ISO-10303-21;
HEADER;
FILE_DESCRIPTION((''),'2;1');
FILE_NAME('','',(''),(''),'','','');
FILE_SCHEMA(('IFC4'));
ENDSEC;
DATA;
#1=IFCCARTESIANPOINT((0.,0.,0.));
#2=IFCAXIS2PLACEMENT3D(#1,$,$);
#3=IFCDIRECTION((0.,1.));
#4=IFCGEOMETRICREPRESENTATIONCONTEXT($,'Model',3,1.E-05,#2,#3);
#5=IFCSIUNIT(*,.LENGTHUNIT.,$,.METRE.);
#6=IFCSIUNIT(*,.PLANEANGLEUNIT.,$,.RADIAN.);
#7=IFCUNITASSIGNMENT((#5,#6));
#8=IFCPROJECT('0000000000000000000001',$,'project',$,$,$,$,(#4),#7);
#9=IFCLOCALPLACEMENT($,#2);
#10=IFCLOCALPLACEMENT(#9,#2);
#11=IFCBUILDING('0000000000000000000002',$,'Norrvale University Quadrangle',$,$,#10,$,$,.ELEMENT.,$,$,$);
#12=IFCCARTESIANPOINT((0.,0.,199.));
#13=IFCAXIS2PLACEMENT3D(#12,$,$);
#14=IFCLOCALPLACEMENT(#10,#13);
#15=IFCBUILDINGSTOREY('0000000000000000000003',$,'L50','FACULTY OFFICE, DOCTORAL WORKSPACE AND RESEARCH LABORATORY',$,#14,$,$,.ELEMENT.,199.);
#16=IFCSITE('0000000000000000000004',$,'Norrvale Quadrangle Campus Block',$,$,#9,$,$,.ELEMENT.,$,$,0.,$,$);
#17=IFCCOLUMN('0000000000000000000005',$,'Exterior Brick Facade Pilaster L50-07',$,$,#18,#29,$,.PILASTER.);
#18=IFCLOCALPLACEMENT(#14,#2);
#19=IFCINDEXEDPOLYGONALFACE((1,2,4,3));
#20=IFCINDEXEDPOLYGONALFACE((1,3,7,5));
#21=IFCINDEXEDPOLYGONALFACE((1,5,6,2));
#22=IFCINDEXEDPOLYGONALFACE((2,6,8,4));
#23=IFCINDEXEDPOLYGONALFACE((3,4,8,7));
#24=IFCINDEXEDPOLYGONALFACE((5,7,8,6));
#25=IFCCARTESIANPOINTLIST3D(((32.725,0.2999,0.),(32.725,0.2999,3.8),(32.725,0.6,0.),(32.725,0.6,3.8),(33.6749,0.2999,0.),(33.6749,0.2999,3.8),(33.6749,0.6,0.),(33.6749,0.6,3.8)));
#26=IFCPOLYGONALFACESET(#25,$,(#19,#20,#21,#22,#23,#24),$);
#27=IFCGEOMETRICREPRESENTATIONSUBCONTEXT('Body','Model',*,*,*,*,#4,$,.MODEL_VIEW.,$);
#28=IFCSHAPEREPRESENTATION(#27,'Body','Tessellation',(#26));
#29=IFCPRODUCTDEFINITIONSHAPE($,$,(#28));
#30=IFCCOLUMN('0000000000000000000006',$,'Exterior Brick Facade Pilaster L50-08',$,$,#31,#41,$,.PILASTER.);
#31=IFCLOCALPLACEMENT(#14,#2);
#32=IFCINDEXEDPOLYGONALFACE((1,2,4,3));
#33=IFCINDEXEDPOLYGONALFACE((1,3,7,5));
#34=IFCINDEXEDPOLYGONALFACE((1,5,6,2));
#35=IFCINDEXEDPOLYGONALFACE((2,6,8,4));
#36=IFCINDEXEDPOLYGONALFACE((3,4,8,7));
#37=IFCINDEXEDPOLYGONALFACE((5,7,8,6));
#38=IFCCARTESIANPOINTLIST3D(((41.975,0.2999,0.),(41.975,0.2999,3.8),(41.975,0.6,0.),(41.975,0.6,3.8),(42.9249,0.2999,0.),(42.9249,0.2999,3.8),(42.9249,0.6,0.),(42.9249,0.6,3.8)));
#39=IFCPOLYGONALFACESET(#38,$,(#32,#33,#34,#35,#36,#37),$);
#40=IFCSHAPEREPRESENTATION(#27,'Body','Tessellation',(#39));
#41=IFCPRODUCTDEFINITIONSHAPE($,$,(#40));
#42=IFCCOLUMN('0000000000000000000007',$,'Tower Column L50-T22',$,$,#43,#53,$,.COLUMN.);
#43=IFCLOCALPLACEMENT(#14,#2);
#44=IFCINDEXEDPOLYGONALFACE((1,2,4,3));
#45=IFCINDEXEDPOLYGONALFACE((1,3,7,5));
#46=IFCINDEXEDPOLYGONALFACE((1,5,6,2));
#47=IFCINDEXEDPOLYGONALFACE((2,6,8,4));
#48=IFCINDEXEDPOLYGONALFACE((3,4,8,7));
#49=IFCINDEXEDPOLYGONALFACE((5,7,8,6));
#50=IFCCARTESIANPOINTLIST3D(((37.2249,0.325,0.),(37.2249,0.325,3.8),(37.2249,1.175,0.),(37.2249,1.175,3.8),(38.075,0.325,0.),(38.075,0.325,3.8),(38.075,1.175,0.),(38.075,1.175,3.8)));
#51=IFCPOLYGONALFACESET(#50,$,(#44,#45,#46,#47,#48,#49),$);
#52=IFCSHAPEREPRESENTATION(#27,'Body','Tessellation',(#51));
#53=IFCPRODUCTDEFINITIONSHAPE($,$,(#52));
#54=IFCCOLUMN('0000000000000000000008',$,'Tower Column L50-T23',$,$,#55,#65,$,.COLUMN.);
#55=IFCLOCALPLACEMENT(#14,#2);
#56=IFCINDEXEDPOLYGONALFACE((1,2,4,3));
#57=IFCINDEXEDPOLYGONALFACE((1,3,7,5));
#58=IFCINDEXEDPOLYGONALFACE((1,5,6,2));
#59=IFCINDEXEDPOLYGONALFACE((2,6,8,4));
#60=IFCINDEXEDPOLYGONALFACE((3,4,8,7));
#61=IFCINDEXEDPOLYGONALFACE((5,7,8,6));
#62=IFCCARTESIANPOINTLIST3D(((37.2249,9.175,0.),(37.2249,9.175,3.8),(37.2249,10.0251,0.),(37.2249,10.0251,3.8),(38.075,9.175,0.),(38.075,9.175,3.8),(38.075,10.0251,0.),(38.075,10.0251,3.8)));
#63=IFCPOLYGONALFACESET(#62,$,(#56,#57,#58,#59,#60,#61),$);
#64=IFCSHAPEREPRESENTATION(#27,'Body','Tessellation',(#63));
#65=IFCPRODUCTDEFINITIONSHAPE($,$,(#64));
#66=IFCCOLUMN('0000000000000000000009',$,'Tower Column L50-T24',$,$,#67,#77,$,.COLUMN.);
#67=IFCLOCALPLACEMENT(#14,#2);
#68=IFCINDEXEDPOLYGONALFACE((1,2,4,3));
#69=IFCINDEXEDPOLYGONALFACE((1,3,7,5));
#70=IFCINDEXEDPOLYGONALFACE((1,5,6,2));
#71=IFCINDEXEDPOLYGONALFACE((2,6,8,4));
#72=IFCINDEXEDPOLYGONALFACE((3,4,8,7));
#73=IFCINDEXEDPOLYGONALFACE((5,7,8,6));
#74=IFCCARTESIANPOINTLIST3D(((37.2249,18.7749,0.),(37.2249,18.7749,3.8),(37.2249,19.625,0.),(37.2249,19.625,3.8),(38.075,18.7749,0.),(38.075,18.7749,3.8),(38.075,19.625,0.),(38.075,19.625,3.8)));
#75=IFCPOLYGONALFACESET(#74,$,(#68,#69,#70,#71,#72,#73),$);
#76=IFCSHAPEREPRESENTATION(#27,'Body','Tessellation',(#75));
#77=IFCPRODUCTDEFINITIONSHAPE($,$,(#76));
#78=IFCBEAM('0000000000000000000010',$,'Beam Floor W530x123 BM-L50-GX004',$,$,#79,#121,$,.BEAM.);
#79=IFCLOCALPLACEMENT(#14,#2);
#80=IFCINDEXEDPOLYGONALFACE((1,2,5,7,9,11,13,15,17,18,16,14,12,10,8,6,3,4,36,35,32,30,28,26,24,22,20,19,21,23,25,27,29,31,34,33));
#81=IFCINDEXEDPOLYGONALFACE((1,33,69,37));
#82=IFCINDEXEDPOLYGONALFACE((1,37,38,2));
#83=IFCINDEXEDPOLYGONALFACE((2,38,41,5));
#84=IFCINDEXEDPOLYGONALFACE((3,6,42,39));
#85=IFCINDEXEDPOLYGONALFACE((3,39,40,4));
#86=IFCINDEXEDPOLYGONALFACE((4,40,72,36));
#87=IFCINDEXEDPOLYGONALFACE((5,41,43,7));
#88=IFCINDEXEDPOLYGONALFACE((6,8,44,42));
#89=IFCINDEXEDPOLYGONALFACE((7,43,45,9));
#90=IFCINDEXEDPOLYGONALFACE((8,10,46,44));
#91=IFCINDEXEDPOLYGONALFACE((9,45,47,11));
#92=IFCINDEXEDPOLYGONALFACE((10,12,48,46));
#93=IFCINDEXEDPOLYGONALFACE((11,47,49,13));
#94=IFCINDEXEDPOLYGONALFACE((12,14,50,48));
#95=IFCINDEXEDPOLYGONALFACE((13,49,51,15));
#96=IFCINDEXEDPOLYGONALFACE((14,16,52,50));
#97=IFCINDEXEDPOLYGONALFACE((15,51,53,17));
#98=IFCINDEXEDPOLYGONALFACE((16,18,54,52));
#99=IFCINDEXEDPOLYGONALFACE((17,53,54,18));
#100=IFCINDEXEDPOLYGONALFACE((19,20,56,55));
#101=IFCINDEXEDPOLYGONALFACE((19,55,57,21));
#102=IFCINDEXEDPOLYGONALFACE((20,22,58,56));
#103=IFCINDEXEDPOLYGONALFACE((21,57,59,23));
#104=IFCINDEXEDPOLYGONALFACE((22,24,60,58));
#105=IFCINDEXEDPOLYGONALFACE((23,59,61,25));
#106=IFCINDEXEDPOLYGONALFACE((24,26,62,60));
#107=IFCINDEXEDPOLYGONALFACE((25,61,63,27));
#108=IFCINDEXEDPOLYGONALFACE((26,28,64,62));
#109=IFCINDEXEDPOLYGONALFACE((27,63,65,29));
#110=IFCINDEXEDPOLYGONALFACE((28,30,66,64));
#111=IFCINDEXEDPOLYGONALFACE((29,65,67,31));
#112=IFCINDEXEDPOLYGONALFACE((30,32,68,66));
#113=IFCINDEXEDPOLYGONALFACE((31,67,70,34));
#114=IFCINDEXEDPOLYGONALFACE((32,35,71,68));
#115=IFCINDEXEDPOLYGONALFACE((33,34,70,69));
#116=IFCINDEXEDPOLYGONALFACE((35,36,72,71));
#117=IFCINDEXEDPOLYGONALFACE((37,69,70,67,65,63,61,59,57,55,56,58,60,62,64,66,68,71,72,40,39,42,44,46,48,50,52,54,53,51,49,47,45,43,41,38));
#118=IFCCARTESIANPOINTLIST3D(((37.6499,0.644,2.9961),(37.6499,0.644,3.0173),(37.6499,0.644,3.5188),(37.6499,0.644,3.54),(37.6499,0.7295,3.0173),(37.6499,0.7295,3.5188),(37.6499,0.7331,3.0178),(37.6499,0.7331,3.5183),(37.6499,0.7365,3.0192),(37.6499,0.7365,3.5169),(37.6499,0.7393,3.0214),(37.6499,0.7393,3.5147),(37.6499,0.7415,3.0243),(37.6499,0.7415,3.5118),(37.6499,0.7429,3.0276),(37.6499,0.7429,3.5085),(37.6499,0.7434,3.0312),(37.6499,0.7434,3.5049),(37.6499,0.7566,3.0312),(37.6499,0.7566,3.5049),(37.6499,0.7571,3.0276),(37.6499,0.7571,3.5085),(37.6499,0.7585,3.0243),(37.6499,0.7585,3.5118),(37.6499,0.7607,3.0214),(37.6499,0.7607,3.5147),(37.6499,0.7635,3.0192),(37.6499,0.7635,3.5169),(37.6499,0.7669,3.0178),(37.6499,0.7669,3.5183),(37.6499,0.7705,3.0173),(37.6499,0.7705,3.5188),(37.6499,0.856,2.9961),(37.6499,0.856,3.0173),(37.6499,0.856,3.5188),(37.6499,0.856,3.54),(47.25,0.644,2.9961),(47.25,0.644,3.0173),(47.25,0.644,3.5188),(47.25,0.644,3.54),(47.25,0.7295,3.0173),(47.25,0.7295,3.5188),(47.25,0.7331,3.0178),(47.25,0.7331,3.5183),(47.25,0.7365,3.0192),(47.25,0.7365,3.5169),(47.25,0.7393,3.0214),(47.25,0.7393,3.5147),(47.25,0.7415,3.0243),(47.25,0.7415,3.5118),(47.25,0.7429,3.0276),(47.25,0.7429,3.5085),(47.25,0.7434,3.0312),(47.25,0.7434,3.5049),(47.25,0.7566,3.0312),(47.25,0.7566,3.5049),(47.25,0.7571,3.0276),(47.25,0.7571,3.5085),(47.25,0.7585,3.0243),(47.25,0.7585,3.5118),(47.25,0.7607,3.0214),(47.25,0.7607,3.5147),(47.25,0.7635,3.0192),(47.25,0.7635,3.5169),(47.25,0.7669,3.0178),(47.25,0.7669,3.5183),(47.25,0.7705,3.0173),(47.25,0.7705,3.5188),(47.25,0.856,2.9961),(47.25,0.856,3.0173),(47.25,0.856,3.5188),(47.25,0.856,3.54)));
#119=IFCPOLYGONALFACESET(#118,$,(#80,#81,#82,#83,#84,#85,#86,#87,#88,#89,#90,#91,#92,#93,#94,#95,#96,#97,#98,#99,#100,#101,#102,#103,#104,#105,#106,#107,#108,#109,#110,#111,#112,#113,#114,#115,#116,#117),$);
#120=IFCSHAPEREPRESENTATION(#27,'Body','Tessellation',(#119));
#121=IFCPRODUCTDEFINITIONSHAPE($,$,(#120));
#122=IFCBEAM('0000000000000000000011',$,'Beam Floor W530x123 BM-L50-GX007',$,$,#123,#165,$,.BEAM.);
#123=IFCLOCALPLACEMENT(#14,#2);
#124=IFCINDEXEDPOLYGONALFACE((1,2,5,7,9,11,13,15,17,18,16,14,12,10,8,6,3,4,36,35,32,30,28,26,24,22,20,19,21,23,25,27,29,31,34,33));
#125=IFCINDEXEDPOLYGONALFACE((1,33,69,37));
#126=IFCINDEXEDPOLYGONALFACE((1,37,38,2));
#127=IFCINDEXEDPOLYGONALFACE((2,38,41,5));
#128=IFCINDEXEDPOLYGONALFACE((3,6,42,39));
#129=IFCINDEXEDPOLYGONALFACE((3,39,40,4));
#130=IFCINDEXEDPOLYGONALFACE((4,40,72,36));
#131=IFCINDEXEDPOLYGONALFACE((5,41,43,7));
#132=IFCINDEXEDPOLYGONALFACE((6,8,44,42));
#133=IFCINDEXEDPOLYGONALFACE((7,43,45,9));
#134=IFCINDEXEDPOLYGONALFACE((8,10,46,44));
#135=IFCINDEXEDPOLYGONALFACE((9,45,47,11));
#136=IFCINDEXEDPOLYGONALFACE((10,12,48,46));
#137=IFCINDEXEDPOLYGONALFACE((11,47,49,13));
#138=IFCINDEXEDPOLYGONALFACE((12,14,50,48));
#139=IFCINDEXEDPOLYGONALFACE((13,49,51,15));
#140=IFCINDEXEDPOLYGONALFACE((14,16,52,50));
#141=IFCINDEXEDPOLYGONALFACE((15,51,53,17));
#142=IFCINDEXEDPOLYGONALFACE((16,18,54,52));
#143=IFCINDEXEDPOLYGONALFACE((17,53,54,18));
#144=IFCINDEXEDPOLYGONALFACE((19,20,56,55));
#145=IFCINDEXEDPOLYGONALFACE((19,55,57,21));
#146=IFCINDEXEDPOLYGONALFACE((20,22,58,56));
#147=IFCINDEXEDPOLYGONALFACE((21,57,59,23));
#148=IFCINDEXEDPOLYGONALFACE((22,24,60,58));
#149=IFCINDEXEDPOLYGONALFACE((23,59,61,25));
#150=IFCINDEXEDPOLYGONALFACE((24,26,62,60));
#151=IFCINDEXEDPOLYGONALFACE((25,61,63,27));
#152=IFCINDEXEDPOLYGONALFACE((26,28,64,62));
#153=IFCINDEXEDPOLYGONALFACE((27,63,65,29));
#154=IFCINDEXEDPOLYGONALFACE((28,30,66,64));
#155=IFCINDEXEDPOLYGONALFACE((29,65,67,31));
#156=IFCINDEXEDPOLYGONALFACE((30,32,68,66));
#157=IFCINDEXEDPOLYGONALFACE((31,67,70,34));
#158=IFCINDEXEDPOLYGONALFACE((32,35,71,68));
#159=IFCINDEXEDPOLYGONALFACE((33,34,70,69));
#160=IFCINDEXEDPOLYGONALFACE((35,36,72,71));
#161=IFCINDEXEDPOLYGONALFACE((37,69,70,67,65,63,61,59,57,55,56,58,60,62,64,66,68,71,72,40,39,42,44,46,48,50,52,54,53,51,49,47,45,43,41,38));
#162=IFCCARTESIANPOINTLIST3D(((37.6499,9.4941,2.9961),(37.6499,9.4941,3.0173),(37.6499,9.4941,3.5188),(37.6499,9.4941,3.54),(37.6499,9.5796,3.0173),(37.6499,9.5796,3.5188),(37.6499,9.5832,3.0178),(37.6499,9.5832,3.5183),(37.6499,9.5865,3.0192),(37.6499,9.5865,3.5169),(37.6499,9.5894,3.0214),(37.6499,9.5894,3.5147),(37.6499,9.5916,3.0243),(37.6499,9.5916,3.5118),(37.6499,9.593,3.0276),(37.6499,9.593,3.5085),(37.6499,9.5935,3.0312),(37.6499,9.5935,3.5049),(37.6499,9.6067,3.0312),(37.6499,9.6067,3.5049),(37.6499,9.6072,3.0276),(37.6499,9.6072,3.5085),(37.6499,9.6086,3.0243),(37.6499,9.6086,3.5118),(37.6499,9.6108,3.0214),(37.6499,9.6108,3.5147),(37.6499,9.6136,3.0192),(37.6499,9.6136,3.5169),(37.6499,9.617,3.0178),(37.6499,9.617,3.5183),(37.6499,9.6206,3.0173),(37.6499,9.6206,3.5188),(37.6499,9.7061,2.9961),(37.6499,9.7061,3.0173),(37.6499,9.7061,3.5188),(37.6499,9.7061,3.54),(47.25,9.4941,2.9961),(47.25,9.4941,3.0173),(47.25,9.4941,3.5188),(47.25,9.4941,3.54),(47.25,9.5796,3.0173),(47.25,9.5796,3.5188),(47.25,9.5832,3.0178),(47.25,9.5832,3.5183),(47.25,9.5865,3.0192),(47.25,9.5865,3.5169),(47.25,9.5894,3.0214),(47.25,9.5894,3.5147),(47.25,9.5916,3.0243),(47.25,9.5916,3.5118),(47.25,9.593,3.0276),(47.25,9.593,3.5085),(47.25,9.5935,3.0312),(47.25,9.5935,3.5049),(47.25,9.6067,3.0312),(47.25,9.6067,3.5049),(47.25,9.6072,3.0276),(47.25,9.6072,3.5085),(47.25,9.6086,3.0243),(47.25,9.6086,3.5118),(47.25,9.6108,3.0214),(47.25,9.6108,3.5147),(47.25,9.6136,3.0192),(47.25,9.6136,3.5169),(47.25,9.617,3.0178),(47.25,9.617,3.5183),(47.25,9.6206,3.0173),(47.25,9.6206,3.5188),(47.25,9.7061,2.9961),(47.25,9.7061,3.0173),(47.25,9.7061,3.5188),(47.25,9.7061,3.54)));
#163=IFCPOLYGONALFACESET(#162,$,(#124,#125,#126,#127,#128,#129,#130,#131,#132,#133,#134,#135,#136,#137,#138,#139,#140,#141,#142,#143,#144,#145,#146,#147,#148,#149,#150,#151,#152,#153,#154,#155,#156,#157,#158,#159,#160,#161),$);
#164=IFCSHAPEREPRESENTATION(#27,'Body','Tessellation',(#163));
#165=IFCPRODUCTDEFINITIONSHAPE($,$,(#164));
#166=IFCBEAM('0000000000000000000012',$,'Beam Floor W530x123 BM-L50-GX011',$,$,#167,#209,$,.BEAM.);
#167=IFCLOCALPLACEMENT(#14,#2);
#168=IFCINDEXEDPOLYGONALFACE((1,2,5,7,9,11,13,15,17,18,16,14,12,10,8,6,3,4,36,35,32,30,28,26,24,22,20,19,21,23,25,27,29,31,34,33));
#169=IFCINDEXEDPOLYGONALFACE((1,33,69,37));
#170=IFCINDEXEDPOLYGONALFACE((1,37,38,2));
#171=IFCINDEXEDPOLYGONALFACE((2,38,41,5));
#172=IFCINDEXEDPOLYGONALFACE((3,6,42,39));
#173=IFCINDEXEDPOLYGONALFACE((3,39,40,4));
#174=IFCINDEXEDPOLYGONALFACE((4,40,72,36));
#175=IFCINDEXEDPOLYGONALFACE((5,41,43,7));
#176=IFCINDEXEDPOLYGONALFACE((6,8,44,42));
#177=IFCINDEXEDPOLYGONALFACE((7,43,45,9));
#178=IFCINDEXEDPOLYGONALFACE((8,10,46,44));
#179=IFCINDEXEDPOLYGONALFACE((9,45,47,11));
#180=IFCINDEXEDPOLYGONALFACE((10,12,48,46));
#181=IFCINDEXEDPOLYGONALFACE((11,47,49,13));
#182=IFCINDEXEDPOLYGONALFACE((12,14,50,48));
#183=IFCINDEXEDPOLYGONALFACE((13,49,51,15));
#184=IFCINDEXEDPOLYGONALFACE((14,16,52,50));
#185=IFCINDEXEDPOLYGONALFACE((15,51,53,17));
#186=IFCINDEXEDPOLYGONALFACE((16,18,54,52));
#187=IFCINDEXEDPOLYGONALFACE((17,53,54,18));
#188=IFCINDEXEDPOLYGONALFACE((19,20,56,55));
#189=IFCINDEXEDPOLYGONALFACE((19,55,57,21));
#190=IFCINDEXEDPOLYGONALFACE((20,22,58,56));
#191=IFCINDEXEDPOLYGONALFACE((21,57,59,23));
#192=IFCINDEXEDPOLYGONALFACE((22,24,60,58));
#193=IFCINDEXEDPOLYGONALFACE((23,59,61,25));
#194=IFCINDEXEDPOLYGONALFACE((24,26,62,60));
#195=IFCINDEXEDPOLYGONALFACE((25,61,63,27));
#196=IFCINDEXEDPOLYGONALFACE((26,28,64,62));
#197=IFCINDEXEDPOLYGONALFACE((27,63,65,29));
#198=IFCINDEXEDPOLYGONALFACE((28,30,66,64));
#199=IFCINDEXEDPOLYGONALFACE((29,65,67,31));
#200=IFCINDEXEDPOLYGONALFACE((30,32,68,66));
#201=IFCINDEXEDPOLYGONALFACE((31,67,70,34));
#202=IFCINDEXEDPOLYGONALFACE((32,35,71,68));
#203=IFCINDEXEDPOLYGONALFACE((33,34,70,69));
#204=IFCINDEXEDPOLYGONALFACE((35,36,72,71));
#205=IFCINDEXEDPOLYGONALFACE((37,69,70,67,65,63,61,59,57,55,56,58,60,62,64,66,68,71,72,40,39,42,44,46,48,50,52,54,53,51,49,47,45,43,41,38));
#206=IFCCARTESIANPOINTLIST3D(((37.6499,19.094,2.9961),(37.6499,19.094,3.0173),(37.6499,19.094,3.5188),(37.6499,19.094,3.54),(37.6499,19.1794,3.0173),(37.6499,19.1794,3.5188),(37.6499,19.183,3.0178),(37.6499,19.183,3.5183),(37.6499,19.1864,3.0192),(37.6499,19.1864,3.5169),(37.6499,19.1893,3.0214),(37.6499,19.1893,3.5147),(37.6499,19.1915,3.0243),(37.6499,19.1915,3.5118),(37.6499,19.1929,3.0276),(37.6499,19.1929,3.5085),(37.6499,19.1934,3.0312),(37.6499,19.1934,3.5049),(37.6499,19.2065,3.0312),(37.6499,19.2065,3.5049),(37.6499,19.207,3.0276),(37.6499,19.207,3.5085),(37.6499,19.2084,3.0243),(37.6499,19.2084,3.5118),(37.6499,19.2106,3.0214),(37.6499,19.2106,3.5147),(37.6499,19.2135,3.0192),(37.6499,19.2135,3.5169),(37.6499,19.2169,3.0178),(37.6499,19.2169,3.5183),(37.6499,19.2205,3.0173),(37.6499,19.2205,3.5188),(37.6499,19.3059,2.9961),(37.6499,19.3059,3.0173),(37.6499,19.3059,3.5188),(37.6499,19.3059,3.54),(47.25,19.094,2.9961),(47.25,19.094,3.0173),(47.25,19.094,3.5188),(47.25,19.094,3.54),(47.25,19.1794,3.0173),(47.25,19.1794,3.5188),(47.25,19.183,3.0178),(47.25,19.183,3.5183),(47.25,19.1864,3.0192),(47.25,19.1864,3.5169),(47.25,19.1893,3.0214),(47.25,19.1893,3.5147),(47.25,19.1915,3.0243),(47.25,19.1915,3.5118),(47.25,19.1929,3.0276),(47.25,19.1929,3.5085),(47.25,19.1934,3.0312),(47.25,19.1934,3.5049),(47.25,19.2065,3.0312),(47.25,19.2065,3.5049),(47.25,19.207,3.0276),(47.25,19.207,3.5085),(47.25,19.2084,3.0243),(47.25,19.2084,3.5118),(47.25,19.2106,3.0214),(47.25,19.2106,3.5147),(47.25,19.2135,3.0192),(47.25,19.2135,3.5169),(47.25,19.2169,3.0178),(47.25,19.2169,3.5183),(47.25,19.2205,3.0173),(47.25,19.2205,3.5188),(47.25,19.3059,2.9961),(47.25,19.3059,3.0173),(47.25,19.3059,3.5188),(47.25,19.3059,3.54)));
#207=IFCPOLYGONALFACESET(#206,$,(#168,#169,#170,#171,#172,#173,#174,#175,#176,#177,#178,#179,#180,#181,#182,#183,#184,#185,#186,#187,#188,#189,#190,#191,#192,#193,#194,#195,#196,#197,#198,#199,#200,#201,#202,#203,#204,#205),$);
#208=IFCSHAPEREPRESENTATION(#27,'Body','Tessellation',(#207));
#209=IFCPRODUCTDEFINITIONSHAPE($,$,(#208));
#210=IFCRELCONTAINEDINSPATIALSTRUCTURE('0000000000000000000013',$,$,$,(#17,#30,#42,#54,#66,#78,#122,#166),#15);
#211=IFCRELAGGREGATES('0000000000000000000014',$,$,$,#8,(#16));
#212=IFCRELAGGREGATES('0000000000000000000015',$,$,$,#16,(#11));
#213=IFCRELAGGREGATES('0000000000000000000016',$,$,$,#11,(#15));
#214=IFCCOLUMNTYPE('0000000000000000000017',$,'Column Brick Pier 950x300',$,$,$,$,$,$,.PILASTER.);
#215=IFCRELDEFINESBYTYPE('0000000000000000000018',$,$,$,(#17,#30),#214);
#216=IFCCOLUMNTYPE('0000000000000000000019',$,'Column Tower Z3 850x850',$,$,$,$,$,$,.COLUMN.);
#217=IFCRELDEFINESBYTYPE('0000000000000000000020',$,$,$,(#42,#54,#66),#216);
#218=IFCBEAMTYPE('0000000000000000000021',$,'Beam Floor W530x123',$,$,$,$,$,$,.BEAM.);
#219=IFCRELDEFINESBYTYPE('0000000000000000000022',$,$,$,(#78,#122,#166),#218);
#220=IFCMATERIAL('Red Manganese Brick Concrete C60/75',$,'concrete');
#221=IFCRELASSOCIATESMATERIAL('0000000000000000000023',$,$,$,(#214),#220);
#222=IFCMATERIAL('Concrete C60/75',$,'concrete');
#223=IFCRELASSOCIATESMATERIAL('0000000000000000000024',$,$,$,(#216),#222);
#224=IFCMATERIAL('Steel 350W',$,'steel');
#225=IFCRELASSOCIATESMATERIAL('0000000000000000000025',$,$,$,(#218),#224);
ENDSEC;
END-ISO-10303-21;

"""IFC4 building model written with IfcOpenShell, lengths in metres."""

from ifc_helpers import new_model, si_unit, direction, frame, origin, origin_2d, place, context, subcontext, project, spatial, rectangle, i_section, extrude, material, material_profile, profile_set, type_object, element, save


model = new_model("IFC4")

# Units and contexts
model_context = context("Model", 3, precision=1e-05, world=origin(), true_north=direction((0.0, 1.0)))
body_context = subcontext(model_context, "Body", "Model", "MODEL_VIEW")
ifc_project = project(units=[si_unit("LENGTHUNIT", "METRE"), si_unit("PLANEANGLEUNIT", "RADIAN")], contexts=[model_context])

# Site, building, storey
site_placement = place(None, origin())
site = spatial("IfcSite", under=ifc_project, at=site_placement, Name="Norrvale Quadrangle Campus Block", CompositionType="ELEMENT", RefElevation=0.0)
building_placement = place(site_placement, origin())
building = spatial("IfcBuilding", under=site, at=building_placement, Name="Norrvale University Quadrangle", CompositionType="ELEMENT")
storey_placement = place(building_placement, frame((0.0, 0.0, 199.0)))
storey = spatial("IfcBuildingStorey", under=building, at=storey_placement, Name="L50", Description="FACULTY OFFICE, DOCTORAL WORKSPACE AND RESEARCH LABORATORY", CompositionType="ELEMENT", Elevation=199.0)

# Columns
ifc_material_1 = material(Name="Red Manganese Brick Concrete C60/75", Category="concrete")
ifc_material_profile_1 = material_profile(ifc_material_1, rectangle(XDim=0.95, YDim=0.3, at=origin_2d()), Name="Red Manganese Brick Concrete C60/75")
ifc_profile_set_1 = profile_set([ifc_material_profile_1], Name="Red Manganese Brick Concrete C60/75")
column_type_1 = type_object("IfcColumnType", Name="Column Brick Pier 950x300", PredefinedType="PILASTER", material=ifc_profile_set_1)
for number, where, z_axis, x_axis, name in (
    (1, (33.2, 0.45, 0.0), (0.0, 0.0, 1.0), (1.0, 0.0, 0.0), "Exterior Brick Facade Pilaster L50-07"),
    (2, (42.45, 0.45, 0.0), (0.0, 0.0, 1.0), (1.0, 0.0, 0.0), "Exterior Brick Facade Pilaster L50-08"),
):
    element("IfcColumn", number, at=place(storey_placement, frame(where, z_axis=z_axis, x_axis=x_axis)), inside=storey, type_object=column_type_1, Name=name, PredefinedType="PILASTER", context=body_context, shape_type="SweptSolid", body=[
        extrude(rectangle(XDim=0.95, YDim=0.3, at=origin_2d()), origin(), (0.0, 0.0, 1.0), 3.8),
    ])
ifc_material_2 = material(Name="Concrete C60/75", Category="concrete")
ifc_material_profile_2 = material_profile(ifc_material_2, rectangle(XDim=0.8501, YDim=0.8501, at=origin_2d()), Name="Concrete C60/75")
ifc_profile_set_2 = profile_set([ifc_material_profile_2], Name="Concrete C60/75")
column_type_2 = type_object("IfcColumnType", Name="Column Tower Z3 850x850", PredefinedType="COLUMN", material=ifc_profile_set_2)
for number, where, z_axis, x_axis, name in (
    (3, (37.6499, 0.75, 0.0), (0.0, 0.0, 1.0), (1.0, 0.0, 0.0), "Tower Column L50-T22"),
    (4, (37.6499, 9.6001, 0.0), (0.0, 0.0, 1.0), (1.0, 0.0, 0.0), "Tower Column L50-T23"),
    (5, (37.6499, 19.2, 0.0), (0.0, 0.0, 1.0), (1.0, 0.0, 0.0), "Tower Column L50-T24"),
):
    element("IfcColumn", number, at=place(storey_placement, frame(where, z_axis=z_axis, x_axis=x_axis)), inside=storey, type_object=column_type_2, Name=name, PredefinedType="COLUMN", context=body_context, shape_type="SweptSolid", body=[
        extrude(rectangle(XDim=0.8501, YDim=0.8501, at=origin_2d()), origin(), (0.0, 0.0, 1.0), 3.8),
    ])

# Beams
ifc_material_3 = material(Name="Steel 350W", Category="steel")
ifc_material_profile_3 = material_profile(ifc_material_3, i_section(OverallWidth=0.2119, OverallDepth=0.5439, WebThickness=0.0132, FlangeThickness=0.0212, FilletRadius=0.0139, at=origin_2d()), Name="Steel 350W")
ifc_profile_set_3 = profile_set([ifc_material_profile_3], Name="Steel 350W")
beam_type_1 = type_object("IfcBeamType", Name="Beam Floor W530x123", PredefinedType="BEAM", material=ifc_profile_set_3)
for number, where, z_axis, x_axis, name in (
    (6, (37.6499, 0.75, 3.2681), (1.0, 0.0, 0.0), (0.0, 1.0, 0.0), "Beam Floor W530x123 BM-L50-GX004"),
    (7, (37.6499, 9.6001, 3.2681), (1.0, 0.0, 0.0), (0.0, 1.0, 0.0), "Beam Floor W530x123 BM-L50-GX007"),
    (8, (37.6499, 19.2, 3.2681), (1.0, 0.0, 0.0), (0.0, 1.0, 0.0), "Beam Floor W530x123 BM-L50-GX011"),
):
    element("IfcBeam", number, at=place(storey_placement, frame(where, z_axis=z_axis, x_axis=x_axis)), inside=storey, type_object=beam_type_1, Name=name, PredefinedType="BEAM", context=body_context, shape_type="SweptSolid", body=[
        extrude(i_section(OverallWidth=0.2119, OverallDepth=0.5439, WebThickness=0.0132, FlangeThickness=0.0212, FilletRadius=0.0139, at=origin_2d()), origin(), (0.0, 0.0, 1.0), 9.6001),
    ])

save(model, "model.ifc")
